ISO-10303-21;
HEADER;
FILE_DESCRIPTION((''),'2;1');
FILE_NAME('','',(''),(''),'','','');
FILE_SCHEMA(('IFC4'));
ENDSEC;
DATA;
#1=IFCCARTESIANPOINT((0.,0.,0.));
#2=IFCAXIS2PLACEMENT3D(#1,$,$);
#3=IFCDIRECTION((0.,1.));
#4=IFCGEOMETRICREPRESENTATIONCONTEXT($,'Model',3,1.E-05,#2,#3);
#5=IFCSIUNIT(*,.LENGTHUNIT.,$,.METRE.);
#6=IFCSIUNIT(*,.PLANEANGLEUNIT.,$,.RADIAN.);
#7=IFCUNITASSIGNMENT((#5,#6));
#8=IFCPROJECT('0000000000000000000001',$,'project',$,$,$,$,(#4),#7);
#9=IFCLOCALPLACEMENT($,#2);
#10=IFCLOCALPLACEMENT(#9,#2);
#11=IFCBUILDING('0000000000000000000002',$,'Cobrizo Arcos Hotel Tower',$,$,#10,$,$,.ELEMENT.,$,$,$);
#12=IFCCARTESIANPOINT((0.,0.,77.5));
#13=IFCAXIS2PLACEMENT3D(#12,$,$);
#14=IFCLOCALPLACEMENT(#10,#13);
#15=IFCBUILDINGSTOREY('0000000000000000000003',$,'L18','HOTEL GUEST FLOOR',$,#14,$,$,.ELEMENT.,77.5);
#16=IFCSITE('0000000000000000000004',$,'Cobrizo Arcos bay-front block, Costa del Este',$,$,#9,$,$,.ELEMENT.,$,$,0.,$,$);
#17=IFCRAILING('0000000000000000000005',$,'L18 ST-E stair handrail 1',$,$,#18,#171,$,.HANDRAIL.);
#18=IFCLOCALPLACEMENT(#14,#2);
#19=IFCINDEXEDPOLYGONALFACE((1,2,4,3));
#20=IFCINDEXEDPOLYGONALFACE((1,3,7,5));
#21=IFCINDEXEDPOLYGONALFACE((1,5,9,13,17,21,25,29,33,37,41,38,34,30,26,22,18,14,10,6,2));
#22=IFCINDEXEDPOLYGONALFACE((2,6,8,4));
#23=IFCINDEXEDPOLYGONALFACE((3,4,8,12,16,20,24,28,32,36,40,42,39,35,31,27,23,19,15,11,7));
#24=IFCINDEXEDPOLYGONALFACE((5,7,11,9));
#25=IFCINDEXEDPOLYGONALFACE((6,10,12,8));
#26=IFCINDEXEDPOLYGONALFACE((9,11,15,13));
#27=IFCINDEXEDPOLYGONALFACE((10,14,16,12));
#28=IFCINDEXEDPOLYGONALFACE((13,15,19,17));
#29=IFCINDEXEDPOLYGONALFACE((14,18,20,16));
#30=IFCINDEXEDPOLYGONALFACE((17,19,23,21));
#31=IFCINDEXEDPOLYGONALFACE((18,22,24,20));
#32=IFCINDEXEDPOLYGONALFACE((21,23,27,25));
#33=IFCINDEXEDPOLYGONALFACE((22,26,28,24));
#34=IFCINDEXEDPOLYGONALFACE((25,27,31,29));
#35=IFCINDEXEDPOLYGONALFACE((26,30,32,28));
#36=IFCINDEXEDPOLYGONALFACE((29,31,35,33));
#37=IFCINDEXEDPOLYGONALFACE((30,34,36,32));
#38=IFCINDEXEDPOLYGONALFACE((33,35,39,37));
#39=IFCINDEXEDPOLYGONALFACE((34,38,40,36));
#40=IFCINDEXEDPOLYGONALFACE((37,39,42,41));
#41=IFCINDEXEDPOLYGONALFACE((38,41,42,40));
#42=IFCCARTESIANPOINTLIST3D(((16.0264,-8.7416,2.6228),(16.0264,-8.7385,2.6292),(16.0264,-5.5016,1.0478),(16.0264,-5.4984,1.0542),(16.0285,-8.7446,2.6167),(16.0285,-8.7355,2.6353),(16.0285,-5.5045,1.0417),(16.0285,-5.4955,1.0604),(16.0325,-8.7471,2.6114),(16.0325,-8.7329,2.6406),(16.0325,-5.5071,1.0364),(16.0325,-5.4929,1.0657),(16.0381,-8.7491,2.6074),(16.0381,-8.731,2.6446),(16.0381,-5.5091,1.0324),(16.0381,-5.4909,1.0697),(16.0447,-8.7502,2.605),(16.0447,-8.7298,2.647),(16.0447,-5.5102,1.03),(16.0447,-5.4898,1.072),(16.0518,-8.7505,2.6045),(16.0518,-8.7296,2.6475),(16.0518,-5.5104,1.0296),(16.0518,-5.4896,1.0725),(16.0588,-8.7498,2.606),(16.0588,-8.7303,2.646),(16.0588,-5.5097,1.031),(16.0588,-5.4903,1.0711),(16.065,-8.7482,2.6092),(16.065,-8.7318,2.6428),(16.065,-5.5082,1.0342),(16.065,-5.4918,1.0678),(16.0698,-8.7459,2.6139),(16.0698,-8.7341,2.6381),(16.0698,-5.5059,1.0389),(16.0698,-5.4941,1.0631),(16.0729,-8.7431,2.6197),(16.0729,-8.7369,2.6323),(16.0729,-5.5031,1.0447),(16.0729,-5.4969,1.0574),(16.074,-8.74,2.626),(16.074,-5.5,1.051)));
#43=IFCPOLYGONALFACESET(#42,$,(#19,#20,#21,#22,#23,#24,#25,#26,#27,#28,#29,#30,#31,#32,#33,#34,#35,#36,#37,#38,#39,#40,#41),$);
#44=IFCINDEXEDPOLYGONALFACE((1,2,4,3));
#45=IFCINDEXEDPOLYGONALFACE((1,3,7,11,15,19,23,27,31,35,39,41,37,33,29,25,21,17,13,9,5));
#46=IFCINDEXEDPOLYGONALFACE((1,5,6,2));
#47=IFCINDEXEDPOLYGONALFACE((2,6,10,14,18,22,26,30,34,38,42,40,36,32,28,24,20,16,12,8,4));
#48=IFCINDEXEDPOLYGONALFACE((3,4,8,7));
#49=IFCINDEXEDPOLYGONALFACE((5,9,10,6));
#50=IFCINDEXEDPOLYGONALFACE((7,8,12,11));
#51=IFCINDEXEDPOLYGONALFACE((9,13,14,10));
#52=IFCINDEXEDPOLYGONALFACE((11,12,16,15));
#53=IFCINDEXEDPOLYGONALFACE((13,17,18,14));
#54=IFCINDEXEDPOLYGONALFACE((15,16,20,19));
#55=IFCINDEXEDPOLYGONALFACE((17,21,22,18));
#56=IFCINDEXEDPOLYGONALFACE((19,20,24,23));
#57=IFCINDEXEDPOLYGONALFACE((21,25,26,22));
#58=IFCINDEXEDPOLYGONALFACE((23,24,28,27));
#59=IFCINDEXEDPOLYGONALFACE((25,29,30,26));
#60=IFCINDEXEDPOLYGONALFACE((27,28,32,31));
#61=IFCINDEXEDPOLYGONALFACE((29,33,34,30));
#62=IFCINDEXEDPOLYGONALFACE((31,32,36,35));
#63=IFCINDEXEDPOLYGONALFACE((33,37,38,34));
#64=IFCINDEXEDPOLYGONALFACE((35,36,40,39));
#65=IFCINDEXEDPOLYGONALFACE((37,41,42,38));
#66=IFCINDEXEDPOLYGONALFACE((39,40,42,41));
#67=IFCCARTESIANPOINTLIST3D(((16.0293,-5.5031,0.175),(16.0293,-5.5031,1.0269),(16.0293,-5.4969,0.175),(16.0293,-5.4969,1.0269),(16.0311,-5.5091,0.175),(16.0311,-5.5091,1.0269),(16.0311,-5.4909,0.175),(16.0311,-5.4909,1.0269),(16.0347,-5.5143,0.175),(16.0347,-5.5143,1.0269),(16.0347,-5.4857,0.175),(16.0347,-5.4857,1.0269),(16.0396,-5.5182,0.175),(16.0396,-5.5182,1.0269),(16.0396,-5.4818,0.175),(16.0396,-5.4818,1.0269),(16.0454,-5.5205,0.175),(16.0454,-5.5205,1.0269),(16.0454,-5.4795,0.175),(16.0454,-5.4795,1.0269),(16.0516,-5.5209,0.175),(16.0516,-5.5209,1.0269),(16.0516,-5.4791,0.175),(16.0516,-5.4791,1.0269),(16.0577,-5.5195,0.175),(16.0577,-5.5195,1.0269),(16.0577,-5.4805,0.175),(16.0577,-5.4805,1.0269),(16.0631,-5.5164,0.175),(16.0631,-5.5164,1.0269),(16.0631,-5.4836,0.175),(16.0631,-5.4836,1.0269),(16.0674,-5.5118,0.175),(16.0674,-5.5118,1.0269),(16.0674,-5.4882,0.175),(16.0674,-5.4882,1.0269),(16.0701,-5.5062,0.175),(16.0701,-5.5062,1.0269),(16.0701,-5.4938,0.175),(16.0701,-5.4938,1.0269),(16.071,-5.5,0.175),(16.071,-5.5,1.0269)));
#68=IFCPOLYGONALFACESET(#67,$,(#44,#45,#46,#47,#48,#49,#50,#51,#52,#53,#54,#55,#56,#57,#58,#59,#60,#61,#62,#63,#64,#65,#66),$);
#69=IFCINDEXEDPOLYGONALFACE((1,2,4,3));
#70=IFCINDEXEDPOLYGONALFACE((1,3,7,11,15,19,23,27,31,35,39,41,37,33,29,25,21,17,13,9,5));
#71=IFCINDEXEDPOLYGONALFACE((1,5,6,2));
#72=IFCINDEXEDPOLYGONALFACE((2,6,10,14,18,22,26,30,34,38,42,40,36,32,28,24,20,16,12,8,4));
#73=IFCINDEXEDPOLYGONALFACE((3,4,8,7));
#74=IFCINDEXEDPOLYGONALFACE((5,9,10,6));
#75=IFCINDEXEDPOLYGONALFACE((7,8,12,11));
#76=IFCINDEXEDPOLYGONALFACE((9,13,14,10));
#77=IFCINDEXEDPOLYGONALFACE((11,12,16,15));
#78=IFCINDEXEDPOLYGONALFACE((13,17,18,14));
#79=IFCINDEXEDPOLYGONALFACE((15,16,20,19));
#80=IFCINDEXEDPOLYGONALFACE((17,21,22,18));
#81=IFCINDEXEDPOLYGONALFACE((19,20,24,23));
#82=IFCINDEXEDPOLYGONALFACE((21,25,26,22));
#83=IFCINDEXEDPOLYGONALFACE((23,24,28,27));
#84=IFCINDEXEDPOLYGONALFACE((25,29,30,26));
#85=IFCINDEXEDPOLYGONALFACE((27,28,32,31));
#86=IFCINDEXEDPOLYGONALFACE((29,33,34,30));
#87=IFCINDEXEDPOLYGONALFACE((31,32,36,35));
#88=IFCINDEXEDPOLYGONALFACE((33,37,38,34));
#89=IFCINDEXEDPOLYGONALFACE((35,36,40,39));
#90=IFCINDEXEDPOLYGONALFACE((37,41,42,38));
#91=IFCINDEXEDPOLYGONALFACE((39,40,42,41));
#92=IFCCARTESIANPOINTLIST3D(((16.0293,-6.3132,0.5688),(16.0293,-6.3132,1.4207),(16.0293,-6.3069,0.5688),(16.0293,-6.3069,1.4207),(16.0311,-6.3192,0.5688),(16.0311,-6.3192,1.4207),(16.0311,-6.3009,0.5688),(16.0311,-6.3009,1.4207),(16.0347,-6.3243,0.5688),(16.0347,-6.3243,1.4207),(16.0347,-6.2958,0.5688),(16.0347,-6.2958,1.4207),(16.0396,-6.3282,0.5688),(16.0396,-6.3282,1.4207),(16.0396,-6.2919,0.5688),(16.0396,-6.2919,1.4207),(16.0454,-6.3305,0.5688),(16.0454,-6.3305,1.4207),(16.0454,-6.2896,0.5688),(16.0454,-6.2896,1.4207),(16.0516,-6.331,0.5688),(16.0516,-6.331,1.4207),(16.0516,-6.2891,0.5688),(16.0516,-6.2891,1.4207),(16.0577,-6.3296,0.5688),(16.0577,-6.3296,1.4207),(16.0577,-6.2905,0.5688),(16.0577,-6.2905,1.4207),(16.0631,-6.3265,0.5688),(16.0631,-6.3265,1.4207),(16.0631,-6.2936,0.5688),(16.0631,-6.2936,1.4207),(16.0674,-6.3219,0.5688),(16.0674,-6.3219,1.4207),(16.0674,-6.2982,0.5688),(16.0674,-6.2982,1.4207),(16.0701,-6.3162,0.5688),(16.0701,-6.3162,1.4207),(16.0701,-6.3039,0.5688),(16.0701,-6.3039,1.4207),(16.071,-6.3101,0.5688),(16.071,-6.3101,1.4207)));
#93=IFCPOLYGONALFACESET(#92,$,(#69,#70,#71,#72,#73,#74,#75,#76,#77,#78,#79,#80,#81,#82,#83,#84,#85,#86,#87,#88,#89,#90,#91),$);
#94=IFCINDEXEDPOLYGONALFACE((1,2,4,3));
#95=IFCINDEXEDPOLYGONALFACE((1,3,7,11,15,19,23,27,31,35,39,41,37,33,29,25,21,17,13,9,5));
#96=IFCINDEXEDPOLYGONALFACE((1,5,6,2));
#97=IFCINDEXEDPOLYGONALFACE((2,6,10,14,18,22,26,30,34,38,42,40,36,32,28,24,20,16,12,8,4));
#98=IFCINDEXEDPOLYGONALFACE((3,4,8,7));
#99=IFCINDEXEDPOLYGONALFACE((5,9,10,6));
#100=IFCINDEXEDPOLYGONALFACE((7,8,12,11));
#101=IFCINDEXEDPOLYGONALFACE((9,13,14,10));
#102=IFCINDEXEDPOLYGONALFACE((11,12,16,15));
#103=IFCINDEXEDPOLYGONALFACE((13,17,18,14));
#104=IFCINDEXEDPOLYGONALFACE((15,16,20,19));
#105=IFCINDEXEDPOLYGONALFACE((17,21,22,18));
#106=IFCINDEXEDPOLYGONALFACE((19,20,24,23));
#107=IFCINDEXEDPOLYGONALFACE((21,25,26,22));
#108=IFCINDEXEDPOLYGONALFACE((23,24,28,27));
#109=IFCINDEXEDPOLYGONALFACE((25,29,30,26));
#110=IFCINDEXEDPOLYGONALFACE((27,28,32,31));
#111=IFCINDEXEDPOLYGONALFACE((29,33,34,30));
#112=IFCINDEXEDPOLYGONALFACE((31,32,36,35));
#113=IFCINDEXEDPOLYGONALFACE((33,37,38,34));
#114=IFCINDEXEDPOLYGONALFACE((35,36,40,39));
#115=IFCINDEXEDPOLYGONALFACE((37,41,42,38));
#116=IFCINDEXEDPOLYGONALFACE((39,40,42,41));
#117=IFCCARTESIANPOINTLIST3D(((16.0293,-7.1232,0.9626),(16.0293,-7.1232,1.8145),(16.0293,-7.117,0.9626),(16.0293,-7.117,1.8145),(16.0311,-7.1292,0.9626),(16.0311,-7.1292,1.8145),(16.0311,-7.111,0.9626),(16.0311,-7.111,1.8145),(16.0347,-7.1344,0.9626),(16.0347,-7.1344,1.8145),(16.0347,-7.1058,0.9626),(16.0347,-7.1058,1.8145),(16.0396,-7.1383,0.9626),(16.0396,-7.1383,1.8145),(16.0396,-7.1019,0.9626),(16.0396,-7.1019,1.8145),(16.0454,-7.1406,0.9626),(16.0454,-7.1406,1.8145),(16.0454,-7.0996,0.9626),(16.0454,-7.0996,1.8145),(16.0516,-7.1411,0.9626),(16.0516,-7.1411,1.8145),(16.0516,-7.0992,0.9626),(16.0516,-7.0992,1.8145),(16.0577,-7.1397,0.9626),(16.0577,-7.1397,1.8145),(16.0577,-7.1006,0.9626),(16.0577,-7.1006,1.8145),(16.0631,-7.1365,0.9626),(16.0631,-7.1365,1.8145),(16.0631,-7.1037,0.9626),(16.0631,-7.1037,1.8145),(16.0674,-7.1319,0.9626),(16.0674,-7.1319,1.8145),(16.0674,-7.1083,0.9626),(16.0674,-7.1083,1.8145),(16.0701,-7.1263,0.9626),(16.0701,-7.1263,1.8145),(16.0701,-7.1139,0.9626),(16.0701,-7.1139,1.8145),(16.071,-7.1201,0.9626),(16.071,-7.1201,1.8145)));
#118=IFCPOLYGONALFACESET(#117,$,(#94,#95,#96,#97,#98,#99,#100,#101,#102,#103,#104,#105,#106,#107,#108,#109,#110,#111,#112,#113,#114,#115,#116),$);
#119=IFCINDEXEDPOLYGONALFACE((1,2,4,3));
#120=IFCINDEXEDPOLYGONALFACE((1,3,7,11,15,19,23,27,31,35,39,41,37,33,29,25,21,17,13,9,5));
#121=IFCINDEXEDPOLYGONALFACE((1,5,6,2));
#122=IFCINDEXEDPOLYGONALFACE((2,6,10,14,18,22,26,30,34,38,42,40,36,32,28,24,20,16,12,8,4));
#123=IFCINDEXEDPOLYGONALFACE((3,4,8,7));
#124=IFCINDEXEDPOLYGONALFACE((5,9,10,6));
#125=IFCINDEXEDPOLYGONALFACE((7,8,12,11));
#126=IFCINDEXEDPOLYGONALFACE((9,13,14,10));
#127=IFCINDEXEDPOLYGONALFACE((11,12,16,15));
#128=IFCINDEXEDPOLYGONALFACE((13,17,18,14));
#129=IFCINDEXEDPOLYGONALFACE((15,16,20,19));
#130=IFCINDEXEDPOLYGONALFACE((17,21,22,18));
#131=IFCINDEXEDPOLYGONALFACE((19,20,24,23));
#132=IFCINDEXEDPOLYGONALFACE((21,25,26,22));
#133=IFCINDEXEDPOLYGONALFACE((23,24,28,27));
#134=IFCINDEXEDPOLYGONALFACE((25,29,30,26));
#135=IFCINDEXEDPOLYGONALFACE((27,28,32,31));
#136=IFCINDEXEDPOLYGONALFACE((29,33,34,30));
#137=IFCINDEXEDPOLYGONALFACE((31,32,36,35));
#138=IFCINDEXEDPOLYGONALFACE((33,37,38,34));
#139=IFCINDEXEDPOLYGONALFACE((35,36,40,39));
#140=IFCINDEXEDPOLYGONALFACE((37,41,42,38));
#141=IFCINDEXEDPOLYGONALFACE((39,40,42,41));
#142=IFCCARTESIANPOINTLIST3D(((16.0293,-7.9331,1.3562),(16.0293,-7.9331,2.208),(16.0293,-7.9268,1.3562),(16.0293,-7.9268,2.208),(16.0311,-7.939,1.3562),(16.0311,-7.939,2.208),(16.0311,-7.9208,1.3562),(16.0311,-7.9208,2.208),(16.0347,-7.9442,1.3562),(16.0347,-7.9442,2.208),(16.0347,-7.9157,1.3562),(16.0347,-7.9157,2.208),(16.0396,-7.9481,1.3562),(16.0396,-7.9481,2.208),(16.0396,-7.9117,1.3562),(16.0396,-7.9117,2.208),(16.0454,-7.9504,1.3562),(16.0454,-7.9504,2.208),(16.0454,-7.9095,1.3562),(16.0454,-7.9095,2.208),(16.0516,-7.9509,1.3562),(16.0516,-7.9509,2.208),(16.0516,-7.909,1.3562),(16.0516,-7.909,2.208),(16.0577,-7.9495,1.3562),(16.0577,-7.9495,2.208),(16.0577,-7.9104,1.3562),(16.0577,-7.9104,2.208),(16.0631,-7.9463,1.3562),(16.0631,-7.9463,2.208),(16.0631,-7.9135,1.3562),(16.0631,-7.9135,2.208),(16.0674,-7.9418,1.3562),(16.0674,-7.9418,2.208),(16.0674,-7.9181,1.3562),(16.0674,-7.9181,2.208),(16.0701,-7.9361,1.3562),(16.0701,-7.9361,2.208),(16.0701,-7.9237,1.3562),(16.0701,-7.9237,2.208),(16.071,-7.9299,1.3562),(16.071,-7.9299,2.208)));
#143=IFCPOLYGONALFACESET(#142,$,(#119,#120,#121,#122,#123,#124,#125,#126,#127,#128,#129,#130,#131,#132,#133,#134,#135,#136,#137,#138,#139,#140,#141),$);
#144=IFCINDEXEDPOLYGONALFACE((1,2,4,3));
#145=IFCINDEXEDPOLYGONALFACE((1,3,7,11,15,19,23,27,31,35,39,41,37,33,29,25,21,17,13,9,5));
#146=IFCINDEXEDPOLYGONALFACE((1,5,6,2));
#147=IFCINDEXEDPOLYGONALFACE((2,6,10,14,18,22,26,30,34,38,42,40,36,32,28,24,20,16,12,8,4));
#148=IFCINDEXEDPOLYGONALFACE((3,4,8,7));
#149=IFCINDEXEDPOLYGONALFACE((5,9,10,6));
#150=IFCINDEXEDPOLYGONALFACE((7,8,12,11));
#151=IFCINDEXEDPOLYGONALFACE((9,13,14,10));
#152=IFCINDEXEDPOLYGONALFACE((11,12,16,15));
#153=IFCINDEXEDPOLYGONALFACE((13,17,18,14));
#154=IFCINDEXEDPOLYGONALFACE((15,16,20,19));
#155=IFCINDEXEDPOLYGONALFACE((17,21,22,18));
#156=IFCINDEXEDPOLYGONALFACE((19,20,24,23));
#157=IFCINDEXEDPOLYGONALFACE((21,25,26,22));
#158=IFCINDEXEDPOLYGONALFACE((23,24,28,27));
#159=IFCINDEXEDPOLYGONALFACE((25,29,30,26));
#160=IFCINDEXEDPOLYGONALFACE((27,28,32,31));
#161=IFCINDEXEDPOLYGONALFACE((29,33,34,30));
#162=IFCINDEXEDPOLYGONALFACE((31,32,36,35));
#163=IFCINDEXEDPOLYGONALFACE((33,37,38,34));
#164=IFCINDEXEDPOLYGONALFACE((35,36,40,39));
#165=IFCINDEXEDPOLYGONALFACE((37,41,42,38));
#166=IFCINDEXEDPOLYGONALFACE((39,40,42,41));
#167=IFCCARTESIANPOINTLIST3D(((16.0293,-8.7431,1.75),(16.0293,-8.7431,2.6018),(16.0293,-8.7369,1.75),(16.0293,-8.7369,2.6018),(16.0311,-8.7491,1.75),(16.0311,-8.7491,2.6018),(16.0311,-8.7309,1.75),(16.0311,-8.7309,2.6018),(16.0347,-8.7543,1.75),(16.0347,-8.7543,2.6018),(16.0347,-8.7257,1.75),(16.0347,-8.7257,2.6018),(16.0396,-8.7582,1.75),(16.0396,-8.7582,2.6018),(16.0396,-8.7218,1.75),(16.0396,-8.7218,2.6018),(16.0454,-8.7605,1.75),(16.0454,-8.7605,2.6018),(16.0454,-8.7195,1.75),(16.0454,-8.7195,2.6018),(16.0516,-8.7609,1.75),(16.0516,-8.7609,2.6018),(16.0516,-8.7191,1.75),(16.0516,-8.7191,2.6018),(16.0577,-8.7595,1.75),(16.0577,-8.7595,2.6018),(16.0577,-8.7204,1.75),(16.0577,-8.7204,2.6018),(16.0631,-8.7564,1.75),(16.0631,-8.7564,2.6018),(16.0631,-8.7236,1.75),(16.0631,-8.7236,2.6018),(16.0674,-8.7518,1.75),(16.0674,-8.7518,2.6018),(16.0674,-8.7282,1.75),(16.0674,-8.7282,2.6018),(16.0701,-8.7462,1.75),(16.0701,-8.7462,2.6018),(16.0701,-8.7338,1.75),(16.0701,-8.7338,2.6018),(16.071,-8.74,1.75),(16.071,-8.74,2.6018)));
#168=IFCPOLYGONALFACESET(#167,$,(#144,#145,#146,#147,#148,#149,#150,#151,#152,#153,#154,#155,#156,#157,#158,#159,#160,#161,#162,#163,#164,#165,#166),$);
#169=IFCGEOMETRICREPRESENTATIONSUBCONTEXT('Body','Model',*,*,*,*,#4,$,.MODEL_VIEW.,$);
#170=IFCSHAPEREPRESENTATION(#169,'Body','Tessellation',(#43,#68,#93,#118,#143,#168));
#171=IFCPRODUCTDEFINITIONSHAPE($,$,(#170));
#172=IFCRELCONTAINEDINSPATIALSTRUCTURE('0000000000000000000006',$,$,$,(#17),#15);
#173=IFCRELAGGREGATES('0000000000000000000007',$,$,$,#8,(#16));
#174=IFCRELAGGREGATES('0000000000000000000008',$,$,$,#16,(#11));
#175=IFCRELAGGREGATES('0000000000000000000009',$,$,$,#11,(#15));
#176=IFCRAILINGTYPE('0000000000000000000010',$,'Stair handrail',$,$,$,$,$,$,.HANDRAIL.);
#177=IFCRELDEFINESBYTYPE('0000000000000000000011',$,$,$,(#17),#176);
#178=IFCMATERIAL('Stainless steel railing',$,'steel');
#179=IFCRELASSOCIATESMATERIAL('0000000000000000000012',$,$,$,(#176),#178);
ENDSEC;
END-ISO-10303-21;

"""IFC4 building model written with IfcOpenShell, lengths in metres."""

from ifc_helpers import new_model, si_unit, direction, frame, origin, origin_2d, place, context, subcontext, project, spatial, circle, extrude, material, type_object, element, save


model = new_model("IFC4")

# Units and contexts
model_context = context("Model", 3, precision=1e-05, world=origin(), true_north=direction((0.0, 1.0)))
body_context = subcontext(model_context, "Body", "Model", "MODEL_VIEW")
ifc_project = project(units=[si_unit("LENGTHUNIT", "METRE"), si_unit("PLANEANGLEUNIT", "RADIAN")], contexts=[model_context])

# Site, building, storey
site_placement = place(None, origin())
site = spatial("IfcSite", under=ifc_project, at=site_placement, Name="Cobrizo Arcos bay-front block, Costa del Este", CompositionType="ELEMENT", RefElevation=0.0)
building_placement = place(site_placement, origin())
building = spatial("IfcBuilding", under=site, at=building_placement, Name="Cobrizo Arcos Hotel Tower", CompositionType="ELEMENT")
storey_placement = place(building_placement, frame((0.0, 0.0, 77.5)))
storey = spatial("IfcBuildingStorey", under=building, at=storey_placement, Name="L18", Description="HOTEL GUEST FLOOR", CompositionType="ELEMENT", Elevation=77.5)

# Railing
ifc_material_1 = material(Name="Stainless steel railing", Category="steel")
railing_type_1 = type_object("IfcRailingType", Name="Stair handrail", PredefinedType="HANDRAIL", material=ifc_material_1)
railing_1_placement = place(storey_placement, frame((16.05, -5.5, 0.175)))
element("IfcRailing", 1, at=railing_1_placement, inside=storey, type_object=railing_type_1, Name="L18 ST-E stair handrail 1", PredefinedType="HANDRAIL", context=body_context, shape_type="SweptSolid", body=[
    extrude(circle(Radius=0.0239, at=origin_2d()), frame((0.0, 0.0, 0.876), z_axis=(0.0, -0.899373, 0.437183), x_axis=(1.0, 0.0, 0.0)), (0.0, 0.0, 1.0), 3.6025),
    extrude(circle(Radius=0.021, at=origin_2d()), origin(), (0.0, 0.0, 1.0), 0.8518),
    extrude(circle(Radius=0.021, at=origin_2d()), frame((0.0, -0.8101, 0.3938)), (0.0, 0.0, 1.0), 0.8518),
    extrude(circle(Radius=0.021, at=origin_2d()), frame((0.0, -1.6201, 0.7876)), (0.0, 0.0, 1.0), 0.8518),
    extrude(circle(Radius=0.021, at=origin_2d()), frame((0.0, -2.4299, 1.1812)), (0.0, 0.0, 1.0), 0.8518),
    extrude(circle(Radius=0.021, at=origin_2d()), frame((0.0, -3.24, 1.575)), (0.0, 0.0, 1.0), 0.8518),
])

save(model, "model.ifc")
